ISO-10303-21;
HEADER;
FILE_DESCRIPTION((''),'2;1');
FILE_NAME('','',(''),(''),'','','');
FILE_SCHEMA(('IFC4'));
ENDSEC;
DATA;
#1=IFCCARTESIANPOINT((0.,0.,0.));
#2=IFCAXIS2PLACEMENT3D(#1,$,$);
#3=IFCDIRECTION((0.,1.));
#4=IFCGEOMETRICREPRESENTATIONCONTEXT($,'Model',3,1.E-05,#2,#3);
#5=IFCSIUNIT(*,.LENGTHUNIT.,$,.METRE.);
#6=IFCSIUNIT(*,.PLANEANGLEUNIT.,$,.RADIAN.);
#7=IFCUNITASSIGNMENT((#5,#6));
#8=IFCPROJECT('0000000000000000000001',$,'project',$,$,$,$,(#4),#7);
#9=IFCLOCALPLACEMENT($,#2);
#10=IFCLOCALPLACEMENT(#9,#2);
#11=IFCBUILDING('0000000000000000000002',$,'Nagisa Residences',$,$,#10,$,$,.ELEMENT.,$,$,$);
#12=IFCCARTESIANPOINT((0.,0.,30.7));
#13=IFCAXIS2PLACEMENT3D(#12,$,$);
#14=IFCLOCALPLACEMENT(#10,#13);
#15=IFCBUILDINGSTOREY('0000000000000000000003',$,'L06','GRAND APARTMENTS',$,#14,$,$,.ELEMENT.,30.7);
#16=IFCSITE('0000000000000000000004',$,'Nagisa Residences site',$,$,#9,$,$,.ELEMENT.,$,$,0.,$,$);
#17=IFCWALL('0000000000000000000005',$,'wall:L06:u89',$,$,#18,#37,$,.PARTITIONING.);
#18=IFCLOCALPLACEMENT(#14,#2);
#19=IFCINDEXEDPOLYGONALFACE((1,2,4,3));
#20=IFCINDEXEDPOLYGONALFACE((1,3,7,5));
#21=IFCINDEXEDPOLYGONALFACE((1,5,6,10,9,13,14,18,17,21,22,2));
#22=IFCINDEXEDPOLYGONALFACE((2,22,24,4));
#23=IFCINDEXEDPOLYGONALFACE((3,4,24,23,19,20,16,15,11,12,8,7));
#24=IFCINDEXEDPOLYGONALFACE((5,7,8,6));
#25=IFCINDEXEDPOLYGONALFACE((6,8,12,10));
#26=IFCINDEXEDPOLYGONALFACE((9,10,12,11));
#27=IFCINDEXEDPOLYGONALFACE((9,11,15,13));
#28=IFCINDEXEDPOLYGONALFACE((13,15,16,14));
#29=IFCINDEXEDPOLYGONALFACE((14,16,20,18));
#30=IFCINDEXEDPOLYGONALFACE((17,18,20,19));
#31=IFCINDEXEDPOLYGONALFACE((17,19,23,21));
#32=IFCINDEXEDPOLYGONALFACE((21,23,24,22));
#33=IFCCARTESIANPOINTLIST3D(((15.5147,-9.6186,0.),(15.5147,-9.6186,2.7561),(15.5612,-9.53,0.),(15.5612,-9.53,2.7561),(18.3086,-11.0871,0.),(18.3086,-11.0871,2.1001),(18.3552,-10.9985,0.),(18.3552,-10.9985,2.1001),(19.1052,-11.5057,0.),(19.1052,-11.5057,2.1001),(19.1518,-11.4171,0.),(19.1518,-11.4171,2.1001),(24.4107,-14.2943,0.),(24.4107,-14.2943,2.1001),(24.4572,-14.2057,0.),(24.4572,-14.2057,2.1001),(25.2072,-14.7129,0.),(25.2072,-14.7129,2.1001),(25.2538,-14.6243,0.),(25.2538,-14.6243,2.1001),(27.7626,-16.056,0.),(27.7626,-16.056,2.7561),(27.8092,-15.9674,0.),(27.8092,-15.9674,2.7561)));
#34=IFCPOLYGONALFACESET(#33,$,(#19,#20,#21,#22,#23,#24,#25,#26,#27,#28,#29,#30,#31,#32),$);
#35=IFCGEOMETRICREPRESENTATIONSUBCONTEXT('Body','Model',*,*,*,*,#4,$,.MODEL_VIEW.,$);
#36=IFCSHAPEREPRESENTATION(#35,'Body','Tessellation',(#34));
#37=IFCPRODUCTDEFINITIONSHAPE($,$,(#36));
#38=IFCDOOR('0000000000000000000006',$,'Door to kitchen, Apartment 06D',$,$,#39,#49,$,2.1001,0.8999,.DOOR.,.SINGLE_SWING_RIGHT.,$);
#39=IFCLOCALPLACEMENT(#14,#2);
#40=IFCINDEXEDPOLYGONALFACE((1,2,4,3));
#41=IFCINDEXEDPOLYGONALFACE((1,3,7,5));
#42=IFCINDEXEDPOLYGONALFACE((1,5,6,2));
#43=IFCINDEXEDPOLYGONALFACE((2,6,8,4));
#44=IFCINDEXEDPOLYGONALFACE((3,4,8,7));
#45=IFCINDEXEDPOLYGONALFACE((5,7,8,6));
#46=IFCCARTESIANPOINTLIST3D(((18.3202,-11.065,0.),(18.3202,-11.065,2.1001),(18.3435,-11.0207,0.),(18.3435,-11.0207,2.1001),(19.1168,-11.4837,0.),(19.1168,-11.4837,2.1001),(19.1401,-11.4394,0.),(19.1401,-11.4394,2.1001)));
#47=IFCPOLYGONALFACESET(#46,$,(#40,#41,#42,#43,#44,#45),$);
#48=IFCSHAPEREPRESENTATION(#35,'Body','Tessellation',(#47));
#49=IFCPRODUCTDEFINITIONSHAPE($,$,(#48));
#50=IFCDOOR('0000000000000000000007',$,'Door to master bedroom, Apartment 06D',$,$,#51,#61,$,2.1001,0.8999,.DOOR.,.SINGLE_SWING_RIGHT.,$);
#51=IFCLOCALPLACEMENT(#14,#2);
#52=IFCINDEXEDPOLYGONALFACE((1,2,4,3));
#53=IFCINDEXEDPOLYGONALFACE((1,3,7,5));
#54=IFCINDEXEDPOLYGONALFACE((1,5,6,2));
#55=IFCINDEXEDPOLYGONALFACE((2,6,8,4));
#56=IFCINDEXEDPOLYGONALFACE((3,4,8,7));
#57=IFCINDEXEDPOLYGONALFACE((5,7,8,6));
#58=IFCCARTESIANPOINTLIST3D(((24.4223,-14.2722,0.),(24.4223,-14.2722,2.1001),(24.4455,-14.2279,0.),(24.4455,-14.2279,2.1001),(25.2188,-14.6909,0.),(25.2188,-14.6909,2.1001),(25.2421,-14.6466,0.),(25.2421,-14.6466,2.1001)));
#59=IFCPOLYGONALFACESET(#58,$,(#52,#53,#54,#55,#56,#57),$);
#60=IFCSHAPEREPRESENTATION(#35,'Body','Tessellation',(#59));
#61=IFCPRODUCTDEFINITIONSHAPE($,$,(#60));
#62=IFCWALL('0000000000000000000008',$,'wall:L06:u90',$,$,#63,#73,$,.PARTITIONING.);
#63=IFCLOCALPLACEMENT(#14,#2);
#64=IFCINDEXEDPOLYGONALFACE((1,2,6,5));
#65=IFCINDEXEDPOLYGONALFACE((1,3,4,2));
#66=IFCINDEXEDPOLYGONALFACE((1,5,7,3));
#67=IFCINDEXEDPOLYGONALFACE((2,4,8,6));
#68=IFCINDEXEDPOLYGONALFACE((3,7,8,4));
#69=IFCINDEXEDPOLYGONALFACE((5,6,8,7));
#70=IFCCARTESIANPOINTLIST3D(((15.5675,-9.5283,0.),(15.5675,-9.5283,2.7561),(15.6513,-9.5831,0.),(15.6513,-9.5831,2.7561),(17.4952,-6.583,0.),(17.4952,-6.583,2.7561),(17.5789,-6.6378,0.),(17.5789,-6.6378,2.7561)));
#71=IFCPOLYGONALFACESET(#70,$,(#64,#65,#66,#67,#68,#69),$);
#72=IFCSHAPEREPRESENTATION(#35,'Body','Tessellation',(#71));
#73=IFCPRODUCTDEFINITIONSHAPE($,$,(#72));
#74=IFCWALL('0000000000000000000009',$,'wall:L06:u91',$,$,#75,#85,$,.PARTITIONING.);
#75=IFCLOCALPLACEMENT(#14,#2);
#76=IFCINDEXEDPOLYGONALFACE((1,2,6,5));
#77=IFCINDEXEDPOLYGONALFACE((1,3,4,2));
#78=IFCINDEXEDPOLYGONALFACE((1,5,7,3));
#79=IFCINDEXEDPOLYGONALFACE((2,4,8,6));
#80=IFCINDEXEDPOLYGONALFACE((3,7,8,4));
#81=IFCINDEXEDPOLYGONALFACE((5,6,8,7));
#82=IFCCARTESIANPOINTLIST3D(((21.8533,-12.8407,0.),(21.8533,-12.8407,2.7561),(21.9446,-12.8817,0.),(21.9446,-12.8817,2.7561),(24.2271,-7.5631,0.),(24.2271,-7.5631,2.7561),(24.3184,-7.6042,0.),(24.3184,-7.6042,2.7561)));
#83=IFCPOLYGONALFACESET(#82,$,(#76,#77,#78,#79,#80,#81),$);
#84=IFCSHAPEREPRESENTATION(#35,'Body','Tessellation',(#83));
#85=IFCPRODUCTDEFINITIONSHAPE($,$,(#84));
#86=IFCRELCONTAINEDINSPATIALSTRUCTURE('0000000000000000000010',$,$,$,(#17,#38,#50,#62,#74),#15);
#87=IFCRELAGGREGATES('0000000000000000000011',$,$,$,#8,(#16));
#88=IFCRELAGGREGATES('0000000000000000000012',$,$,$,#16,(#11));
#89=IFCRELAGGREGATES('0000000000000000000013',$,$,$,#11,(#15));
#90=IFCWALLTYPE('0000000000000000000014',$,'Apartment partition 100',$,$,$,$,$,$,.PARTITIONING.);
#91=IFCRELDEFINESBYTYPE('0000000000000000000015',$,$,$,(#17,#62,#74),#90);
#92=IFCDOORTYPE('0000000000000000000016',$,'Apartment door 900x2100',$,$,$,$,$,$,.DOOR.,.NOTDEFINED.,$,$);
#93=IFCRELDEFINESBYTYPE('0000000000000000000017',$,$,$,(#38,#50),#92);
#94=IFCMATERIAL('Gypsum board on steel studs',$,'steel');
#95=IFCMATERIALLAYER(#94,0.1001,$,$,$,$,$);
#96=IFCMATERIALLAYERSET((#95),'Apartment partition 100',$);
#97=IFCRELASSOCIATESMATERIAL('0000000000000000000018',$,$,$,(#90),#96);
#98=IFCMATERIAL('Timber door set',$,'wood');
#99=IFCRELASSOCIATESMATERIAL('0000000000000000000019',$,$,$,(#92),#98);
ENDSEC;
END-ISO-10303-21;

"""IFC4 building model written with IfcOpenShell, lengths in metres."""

from ifc_helpers import new_model, si_unit, direction, frame, frame_2d, origin, place, context, subcontext, project, spatial, rectangle, extrude, material, layer, layer_set, type_object, element, fill, save


model = new_model("IFC4")

# Units and contexts
model_context = context("Model", 3, precision=1e-05, world=origin(), true_north=direction((0.0, 1.0)))
body_context = subcontext(model_context, "Body", "Model", "MODEL_VIEW")
ifc_project = project(units=[si_unit("LENGTHUNIT", "METRE"), si_unit("PLANEANGLEUNIT", "RADIAN")], contexts=[model_context])

# Site, building, storey
site_placement = place(None, origin())
site = spatial("IfcSite", under=ifc_project, at=site_placement, Name="Nagisa Residences site", CompositionType="ELEMENT", RefElevation=0.0)
building_placement = place(site_placement, origin())
building = spatial("IfcBuilding", under=site, at=building_placement, Name="Nagisa Residences", CompositionType="ELEMENT")
storey_placement = place(building_placement, frame((0.0, 0.0, 30.7)))
storey = spatial("IfcBuildingStorey", under=building, at=storey_placement, Name="L06", Description="GRAND APARTMENTS", CompositionType="ELEMENT", Elevation=30.7)

# Shared definitions
ifc_material_1 = material(Name="Gypsum board on steel studs", Category="steel")
ifc_layer_1 = layer(ifc_material_1, 0.1001)
ifc_layer_set_1 = layer_set([ifc_layer_1], Name="Apartment partition 100")
wall_type_1 = type_object("IfcWallType", Name="Apartment partition 100", PredefinedType="PARTITIONING", material=ifc_layer_set_1)
ifc_material_2 = material(Name="Timber door set", Category="wood")
door_type_1 = type_object("IfcDoorType", Name="Apartment door 900x2100", OperationType="NOTDEFINED", PredefinedType="DOOR", material=ifc_material_2)

# Wall, openings, doors
wall_1_placement = place(storey_placement, frame((15.5378, -9.5742, 0.0), z_axis=(0.0, 0.0, 1.0), x_axis=(0.885181, -0.465246, 0.0)))
wall_1 = element("IfcWall", 1, at=wall_1_placement, inside=storey, type_object=wall_type_1, Name="wall:L06:u89", PredefinedType="PARTITIONING", context=body_context, shape_type="SweptSolid", body=[
    extrude(rectangle(XDim=13.8367, YDim=0.1001, at=frame_2d((6.9185, 0.0))), origin(), (0.0, 0.0, 1.0), 2.7561),
])
opening_1_placement = place(wall_1_placement, frame((3.1565, 0.0, 0.0)))
opening_1 = element("IfcOpeningElement", 2, at=opening_1_placement, cuts=wall_1, PredefinedType="OPENING", context=body_context, shape_type="SweptSolid", body=[
    extrude(rectangle(XDim=0.8999, YDim=2.1001, at=frame_2d((0.45, 1.05))), frame((0.0, 0.0601, 0.0), z_axis=(0.0, -1.0, 0.0), x_axis=(1.0, 0.0, 0.0)), (0.0, 0.0, 1.0), 0.1201),
])
opening_2_placement = place(wall_1_placement, frame((10.05, 0.0, 0.0)))
opening_2 = element("IfcOpeningElement", 3, at=opening_2_placement, cuts=wall_1, PredefinedType="OPENING", context=body_context, shape_type="SweptSolid", body=[
    extrude(rectangle(XDim=0.8999, YDim=2.1001, at=frame_2d((0.45, 1.05))), frame((0.0, 0.0601, 0.0), z_axis=(0.0, -1.0, 0.0), x_axis=(1.0, 0.0, 0.0)), (0.0, 0.0, 1.0), 0.1201),
])
door_1_placement = place(opening_1_placement, origin())
door_1 = element("IfcDoor", 4, at=door_1_placement, inside=storey, type_object=door_type_1, Name="Door to kitchen, Apartment 06D", OperationType="SINGLE_SWING_RIGHT", OverallHeight=2.1001, OverallWidth=0.8999, PredefinedType="DOOR", context=body_context, shape_type="SweptSolid", body=[
    extrude(rectangle(XDim=0.8999, YDim=2.1001, at=frame_2d((0.45, 1.05))), frame((0.0, 0.0249, 0.0), z_axis=(0.0, -1.0, 0.0), x_axis=(1.0, 0.0, 0.0)), (0.0, 0.0, 1.0), 0.05),
])
fill(opening_1, door_1)
door_2_placement = place(opening_2_placement, origin())
door_2 = element("IfcDoor", 5, at=door_2_placement, inside=storey, type_object=door_type_1, Name="Door to master bedroom, Apartment 06D", OperationType="SINGLE_SWING_RIGHT", OverallHeight=2.1001, OverallWidth=0.8999, PredefinedType="DOOR", context=body_context, shape_type="SweptSolid", body=[
    extrude(rectangle(XDim=0.8999, YDim=2.1001, at=frame_2d((0.45, 1.05))), frame((0.0, 0.0249, 0.0), z_axis=(0.0, -1.0, 0.0), x_axis=(1.0, 0.0, 0.0)), (0.0, 0.0, 1.0), 0.05),
])
fill(opening_2, door_2)

# Walls
wall_2_placement = place(storey_placement, frame((15.6094, -9.5557, 0.0), z_axis=(0.0, 0.0, 1.0), x_axis=(0.547638, 0.836715, 0.0)))
element("IfcWall", 6, at=wall_2_placement, inside=storey, type_object=wall_type_1, Name="wall:L06:u90", PredefinedType="PARTITIONING", context=body_context, shape_type="SweptSolid", body=[
    extrude(rectangle(XDim=3.52, YDim=0.1001, at=frame_2d((1.76, 0.0))), origin(), (0.0, 0.0, 1.0), 2.7561),
])
wall_3_placement = place(storey_placement, frame((21.8989, -12.8613, 0.0), z_axis=(0.0, 0.0, 1.0), x_axis=(0.410202, 0.911995, 0.0)))
element("IfcWall", 7, at=wall_3_placement, inside=storey, type_object=wall_type_1, Name="wall:L06:u91", PredefinedType="PARTITIONING", context=body_context, shape_type="SweptSolid", body=[
    extrude(rectangle(XDim=5.7869, YDim=0.1001, at=frame_2d((2.8936, 0.0))), origin(), (0.0, 0.0, 1.0), 2.7561),
])

save(model, "model.ifc")
